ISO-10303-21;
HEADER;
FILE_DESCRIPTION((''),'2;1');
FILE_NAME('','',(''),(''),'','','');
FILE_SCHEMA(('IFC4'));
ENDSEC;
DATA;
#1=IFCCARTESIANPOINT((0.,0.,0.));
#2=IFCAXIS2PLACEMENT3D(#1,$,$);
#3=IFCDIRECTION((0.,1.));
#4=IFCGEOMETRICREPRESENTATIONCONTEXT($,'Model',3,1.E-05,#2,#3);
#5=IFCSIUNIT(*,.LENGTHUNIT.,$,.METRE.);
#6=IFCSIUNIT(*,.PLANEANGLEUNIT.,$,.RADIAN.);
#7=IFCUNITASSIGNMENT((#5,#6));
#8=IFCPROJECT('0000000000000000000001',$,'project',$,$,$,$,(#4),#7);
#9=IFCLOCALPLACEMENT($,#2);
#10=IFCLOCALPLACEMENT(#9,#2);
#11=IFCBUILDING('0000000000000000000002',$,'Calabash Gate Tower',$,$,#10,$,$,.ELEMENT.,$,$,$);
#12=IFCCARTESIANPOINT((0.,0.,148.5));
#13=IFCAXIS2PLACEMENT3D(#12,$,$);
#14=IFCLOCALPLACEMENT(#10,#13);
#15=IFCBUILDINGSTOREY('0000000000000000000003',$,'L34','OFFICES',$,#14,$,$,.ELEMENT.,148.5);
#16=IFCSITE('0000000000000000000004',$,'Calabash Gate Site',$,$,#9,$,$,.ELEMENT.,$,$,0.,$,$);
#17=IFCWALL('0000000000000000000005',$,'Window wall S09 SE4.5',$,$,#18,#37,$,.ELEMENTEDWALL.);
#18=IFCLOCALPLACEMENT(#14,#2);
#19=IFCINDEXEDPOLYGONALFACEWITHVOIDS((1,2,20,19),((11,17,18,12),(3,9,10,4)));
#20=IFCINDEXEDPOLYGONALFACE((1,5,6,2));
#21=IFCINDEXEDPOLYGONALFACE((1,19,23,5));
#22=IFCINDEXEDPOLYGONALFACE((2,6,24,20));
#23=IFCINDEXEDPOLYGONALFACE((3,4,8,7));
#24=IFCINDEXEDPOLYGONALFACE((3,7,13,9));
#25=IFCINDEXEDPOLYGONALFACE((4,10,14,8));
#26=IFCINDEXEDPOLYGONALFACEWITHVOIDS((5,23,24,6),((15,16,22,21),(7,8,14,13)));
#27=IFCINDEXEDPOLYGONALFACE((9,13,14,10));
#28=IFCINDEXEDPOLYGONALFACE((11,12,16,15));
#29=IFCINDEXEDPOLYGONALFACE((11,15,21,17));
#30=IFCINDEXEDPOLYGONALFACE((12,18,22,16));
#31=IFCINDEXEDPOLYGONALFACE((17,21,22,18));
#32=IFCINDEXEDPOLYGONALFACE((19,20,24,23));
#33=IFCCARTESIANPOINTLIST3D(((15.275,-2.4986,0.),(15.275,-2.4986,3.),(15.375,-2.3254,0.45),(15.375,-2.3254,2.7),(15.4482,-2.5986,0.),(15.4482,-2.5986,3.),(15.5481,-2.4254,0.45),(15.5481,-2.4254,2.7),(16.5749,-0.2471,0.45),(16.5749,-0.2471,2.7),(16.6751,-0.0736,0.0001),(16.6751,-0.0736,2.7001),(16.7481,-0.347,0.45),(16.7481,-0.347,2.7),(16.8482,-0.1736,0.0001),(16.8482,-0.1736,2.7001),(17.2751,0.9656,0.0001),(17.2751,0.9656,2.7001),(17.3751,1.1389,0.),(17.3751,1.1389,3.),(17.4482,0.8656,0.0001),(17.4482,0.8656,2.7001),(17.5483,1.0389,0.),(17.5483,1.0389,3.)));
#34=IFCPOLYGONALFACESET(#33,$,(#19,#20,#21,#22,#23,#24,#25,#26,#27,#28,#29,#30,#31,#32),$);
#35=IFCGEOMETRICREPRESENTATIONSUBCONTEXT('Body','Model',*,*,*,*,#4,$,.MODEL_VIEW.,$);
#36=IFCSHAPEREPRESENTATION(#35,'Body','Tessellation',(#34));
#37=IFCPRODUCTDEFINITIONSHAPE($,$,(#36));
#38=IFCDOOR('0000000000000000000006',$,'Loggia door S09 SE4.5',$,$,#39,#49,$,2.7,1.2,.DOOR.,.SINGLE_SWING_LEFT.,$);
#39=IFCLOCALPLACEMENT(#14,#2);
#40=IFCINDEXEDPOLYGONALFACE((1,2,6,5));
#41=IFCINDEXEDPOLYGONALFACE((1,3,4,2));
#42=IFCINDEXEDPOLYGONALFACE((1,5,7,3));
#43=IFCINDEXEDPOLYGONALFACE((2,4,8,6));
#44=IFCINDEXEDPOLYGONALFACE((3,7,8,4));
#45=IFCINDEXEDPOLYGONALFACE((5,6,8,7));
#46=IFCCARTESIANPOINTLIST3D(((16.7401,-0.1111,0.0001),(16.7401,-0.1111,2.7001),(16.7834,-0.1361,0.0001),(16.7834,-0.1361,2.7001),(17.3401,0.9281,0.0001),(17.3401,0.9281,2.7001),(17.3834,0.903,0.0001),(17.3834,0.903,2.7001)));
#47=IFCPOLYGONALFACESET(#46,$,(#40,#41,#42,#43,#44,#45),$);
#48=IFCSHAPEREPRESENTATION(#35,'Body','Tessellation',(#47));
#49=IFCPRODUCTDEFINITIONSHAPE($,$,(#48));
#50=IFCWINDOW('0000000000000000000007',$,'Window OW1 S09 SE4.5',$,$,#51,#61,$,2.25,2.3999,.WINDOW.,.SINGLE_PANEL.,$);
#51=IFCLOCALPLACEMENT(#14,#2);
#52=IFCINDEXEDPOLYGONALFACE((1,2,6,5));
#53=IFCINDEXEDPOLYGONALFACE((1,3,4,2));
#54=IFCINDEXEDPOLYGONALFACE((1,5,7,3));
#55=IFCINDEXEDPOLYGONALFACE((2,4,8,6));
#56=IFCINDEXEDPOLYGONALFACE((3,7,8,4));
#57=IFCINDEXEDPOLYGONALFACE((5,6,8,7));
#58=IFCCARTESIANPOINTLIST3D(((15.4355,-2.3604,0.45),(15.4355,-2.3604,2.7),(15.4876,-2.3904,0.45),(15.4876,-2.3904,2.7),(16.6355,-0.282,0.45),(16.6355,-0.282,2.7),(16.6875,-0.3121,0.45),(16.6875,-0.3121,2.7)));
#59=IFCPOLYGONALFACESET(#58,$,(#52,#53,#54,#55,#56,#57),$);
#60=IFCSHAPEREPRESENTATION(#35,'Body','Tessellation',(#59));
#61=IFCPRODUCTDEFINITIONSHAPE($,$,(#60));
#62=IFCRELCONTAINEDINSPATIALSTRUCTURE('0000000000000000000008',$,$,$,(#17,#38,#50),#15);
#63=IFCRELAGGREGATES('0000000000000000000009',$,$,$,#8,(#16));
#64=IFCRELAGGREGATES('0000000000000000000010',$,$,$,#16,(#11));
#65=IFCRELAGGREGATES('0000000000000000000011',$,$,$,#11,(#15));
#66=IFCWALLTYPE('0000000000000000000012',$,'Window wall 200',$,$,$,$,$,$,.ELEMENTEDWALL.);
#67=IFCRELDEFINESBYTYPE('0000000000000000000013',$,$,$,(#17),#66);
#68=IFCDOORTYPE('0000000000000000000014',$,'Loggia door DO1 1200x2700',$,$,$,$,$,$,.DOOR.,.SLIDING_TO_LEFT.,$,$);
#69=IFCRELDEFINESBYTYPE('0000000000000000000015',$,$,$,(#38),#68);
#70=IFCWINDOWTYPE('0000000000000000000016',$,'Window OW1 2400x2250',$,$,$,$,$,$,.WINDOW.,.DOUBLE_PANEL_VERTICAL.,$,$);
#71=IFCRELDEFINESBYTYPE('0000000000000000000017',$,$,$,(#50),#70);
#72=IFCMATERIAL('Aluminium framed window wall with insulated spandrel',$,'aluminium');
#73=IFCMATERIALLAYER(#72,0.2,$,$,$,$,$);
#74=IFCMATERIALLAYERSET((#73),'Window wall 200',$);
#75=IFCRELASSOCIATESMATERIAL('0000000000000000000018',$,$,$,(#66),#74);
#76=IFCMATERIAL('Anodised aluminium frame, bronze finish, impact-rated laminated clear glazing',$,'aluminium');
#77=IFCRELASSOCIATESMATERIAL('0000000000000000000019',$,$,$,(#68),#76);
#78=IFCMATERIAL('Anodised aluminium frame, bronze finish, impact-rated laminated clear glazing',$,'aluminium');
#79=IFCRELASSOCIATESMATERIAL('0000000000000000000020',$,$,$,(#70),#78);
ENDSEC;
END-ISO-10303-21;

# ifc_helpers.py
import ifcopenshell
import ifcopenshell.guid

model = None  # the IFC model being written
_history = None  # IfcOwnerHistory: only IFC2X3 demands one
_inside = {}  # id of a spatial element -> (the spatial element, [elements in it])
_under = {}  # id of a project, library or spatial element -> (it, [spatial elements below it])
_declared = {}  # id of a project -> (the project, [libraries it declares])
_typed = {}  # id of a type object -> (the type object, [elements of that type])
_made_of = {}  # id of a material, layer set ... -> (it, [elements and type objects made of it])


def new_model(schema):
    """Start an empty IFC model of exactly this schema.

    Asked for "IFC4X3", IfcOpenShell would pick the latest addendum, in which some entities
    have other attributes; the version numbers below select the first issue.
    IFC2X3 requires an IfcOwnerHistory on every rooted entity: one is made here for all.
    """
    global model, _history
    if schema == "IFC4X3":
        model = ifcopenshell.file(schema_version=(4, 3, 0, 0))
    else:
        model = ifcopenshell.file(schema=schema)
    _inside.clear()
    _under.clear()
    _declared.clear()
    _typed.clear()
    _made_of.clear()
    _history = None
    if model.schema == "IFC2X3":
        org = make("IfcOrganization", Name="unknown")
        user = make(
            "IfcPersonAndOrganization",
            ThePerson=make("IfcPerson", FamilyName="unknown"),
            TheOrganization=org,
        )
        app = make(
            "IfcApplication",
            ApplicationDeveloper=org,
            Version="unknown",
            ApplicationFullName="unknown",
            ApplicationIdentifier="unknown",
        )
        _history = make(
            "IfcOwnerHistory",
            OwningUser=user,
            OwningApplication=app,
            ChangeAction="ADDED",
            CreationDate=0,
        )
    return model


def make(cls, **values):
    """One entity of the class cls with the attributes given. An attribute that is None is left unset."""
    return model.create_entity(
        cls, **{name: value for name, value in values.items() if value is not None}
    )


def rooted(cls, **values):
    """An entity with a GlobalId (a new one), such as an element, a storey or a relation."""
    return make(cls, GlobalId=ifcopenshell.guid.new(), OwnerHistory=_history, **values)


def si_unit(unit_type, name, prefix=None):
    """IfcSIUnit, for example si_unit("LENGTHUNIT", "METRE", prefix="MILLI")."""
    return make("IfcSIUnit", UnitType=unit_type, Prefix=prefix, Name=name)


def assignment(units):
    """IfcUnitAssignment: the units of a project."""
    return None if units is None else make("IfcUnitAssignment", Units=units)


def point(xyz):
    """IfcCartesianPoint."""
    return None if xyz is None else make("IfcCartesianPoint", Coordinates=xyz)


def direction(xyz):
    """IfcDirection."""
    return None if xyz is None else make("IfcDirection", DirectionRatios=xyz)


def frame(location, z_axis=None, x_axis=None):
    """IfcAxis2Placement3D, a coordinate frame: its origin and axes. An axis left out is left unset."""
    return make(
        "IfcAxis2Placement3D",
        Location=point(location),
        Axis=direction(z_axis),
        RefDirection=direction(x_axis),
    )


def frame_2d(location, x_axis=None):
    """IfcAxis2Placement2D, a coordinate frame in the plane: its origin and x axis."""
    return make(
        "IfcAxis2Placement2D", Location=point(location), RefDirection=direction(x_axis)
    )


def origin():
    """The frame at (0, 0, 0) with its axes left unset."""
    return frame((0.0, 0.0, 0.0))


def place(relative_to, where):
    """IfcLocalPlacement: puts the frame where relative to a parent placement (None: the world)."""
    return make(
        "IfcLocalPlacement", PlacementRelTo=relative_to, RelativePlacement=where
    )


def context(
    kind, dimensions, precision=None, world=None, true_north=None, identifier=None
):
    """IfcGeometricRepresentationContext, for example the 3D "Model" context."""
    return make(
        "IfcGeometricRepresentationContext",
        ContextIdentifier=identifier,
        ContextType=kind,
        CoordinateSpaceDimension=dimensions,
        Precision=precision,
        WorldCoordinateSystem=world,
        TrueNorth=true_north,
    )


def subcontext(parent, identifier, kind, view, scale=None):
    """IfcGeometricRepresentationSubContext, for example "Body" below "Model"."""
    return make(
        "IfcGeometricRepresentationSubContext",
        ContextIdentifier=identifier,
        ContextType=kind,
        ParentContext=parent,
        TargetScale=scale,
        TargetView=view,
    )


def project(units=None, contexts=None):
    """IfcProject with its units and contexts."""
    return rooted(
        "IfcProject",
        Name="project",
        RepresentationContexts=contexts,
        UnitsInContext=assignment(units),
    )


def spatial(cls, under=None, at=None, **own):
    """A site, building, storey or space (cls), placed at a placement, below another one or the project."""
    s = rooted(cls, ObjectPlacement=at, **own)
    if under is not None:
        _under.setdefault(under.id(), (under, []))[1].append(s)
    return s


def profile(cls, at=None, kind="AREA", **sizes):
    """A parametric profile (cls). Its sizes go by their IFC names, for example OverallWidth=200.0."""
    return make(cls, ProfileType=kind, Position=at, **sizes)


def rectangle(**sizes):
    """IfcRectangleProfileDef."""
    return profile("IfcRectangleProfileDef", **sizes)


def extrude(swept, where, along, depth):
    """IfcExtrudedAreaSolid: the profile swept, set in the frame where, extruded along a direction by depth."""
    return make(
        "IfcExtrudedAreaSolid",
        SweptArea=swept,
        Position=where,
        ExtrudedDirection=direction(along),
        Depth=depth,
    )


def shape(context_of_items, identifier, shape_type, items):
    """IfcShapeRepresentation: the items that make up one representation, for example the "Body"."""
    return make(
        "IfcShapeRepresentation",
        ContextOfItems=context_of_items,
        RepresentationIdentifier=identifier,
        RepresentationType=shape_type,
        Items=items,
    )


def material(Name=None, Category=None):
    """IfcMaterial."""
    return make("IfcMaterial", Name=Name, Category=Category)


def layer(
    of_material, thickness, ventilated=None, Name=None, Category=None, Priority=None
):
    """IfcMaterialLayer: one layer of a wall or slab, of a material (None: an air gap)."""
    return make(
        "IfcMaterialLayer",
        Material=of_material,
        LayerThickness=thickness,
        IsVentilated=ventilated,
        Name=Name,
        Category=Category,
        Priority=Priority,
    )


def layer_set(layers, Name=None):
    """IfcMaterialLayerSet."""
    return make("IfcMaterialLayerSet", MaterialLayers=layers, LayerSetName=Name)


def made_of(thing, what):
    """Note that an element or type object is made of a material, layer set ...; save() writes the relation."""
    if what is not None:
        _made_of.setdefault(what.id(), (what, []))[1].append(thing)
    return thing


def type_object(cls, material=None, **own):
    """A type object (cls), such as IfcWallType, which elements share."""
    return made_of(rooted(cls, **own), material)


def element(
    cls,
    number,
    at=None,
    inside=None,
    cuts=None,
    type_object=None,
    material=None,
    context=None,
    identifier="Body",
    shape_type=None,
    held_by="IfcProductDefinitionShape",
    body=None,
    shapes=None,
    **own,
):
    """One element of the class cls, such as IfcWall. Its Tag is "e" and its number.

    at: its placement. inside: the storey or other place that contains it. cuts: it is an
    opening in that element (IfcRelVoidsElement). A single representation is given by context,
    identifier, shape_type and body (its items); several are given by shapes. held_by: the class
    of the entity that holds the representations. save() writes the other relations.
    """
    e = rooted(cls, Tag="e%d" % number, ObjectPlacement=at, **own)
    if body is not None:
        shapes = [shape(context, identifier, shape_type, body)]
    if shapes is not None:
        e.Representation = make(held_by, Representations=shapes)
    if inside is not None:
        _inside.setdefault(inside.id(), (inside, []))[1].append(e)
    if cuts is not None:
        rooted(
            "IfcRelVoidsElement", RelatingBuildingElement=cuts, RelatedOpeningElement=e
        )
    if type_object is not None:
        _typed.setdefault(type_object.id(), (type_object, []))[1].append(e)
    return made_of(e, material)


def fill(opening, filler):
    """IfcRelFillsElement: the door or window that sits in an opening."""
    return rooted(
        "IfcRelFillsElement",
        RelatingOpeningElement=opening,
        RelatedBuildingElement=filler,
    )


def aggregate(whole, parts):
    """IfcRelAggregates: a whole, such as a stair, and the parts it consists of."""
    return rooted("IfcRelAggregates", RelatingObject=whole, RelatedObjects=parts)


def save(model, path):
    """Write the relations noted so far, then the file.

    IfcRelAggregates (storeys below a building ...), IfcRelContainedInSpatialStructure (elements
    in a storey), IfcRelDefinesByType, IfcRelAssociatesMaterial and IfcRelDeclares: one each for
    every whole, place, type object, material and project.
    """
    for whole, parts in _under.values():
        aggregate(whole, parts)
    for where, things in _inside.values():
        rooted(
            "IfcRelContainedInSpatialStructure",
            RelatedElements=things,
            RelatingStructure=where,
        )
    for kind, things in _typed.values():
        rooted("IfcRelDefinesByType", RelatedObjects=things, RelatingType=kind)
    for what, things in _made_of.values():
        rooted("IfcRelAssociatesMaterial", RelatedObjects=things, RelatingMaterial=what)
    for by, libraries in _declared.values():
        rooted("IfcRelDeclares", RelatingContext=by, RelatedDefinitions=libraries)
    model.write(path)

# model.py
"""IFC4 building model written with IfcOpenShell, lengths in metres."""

from ifc_helpers import new_model, si_unit, direction, frame, frame_2d, origin, place, context, subcontext, project, spatial, rectangle, extrude, material, layer, layer_set, type_object, element, fill, save


model = new_model("IFC4")

# Units and contexts
model_context = context("Model", 3, precision=1e-05, world=origin(), true_north=direction((0.0, 1.0)))
body_context = subcontext(model_context, "Body", "Model", "MODEL_VIEW")
ifc_project = project(units=[si_unit("LENGTHUNIT", "METRE"), si_unit("PLANEANGLEUNIT", "RADIAN")], contexts=[model_context])

# Site, building, storey
site_placement = place(None, origin())
site = spatial("IfcSite", under=ifc_project, at=site_placement, Name="Calabash Gate Site", CompositionType="ELEMENT", RefElevation=0.0)
building_placement = place(site_placement, origin())
building = spatial("IfcBuilding", under=site, at=building_placement, Name="Calabash Gate Tower", CompositionType="ELEMENT")
storey_placement = place(building_placement, frame((0.0, 0.0, 148.5)))
storey = spatial("IfcBuildingStorey", under=building, at=storey_placement, Name="L34", Description="OFFICES", CompositionType="ELEMENT", Elevation=148.5)

# Shared definitions
ifc_material_1 = material(Name="Aluminium framed window wall with insulated spandrel", Category="aluminium")
ifc_layer_1 = layer(ifc_material_1, 0.2)
ifc_layer_set_1 = layer_set([ifc_layer_1], Name="Window wall 200")
wall_type_1 = type_object("IfcWallType", Name="Window wall 200", PredefinedType="ELEMENTEDWALL", material=ifc_layer_set_1)

# Wall, openings, door, window
wall_1_placement = place(storey_placement, frame((15.3616, -2.5486, 0.0), z_axis=(0.0, 0.0, 1.0), x_axis=(0.500003, 0.866024, 0.0)))
wall_1 = element("IfcWall", 1, at=wall_1_placement, inside=storey, type_object=wall_type_1, Name="Window wall S09 SE4.5", PredefinedType="ELEMENTEDWALL", context=body_context, shape_type="SweptSolid", body=[
    extrude(rectangle(XDim=4.2002, YDim=0.2, at=frame_2d((2.1001, 0.0))), origin(), (0.0, 0.0, 1.0), 3.0),
])
opening_1_placement = place(wall_1_placement, frame((0.2, 0.0, 0.45)))
opening_1 = element("IfcOpeningElement", 2, at=opening_1_placement, cuts=wall_1, PredefinedType="OPENING", context=body_context, shape_type="SweptSolid", body=[
    extrude(rectangle(XDim=2.3999, YDim=2.25, at=frame_2d((1.2, 1.125))), frame((0.0, 0.1099, 0.0), z_axis=(0.0, -1.0, 0.0), x_axis=(1.0, 0.0, 0.0)), (0.0, 0.0, 1.0), 0.22),
])
opening_2_placement = place(wall_1_placement, frame((2.8, 0.0, 0.0)))
opening_2 = element("IfcOpeningElement", 3, at=opening_2_placement, cuts=wall_1, PredefinedType="OPENING", context=body_context, shape_type="SweptSolid", body=[
    extrude(rectangle(XDim=1.2, YDim=2.7, at=frame_2d((0.6001, 1.3501))), frame((0.0, 0.1099, 0.0), z_axis=(0.0, -1.0, 0.0), x_axis=(1.0, 0.0, 0.0)), (0.0, 0.0, 1.0), 0.22),
])
ifc_material_2 = material(Name="Anodised aluminium frame, bronze finish, impact-rated laminated clear glazing", Category="aluminium")
door_type_1 = type_object("IfcDoorType", Name="Loggia door DO1 1200x2700", OperationType="SLIDING_TO_LEFT", PredefinedType="DOOR", material=ifc_material_2)
door_1_placement = place(opening_2_placement, origin())
door_1 = element("IfcDoor", 4, at=door_1_placement, inside=storey, type_object=door_type_1, Name="Loggia door S09 SE4.5", OperationType="SINGLE_SWING_LEFT", OverallHeight=2.7, OverallWidth=1.2, PredefinedType="DOOR", context=body_context, shape_type="SweptSolid", body=[
    extrude(rectangle(XDim=1.2, YDim=2.7, at=frame_2d((0.6001, 1.3501))), frame((0.0, 0.0249, 0.0), z_axis=(0.0, -1.0, 0.0), x_axis=(1.0, 0.0, 0.0)), (0.0, 0.0, 1.0), 0.05),
])
fill(opening_2, door_1)
ifc_material_3 = material(Name="Anodised aluminium frame, bronze finish, impact-rated laminated clear glazing", Category="aluminium")
window_type = type_object("IfcWindowType", Name="Window OW1 2400x2250", PartitioningType="DOUBLE_PANEL_VERTICAL", PredefinedType="WINDOW", material=ifc_material_3)
window_placement = place(opening_1_placement, origin())
window = element("IfcWindow", 5, at=window_placement, inside=storey, type_object=window_type, Name="Window OW1 S09 SE4.5", OverallHeight=2.25, OverallWidth=2.3999, PartitioningType="SINGLE_PANEL", PredefinedType="WINDOW", context=body_context, shape_type="SweptSolid", body=[
    extrude(rectangle(XDim=2.3999, YDim=2.25, at=frame_2d((1.2, 1.125))), frame((0.0, 0.03, 0.0), z_axis=(0.0, -1.0, 0.0), x_axis=(1.0, 0.0, 0.0)), (0.0, 0.0, 1.0), 0.0601),
])
fill(opening_1, window)

save(model, "model.ifc")
